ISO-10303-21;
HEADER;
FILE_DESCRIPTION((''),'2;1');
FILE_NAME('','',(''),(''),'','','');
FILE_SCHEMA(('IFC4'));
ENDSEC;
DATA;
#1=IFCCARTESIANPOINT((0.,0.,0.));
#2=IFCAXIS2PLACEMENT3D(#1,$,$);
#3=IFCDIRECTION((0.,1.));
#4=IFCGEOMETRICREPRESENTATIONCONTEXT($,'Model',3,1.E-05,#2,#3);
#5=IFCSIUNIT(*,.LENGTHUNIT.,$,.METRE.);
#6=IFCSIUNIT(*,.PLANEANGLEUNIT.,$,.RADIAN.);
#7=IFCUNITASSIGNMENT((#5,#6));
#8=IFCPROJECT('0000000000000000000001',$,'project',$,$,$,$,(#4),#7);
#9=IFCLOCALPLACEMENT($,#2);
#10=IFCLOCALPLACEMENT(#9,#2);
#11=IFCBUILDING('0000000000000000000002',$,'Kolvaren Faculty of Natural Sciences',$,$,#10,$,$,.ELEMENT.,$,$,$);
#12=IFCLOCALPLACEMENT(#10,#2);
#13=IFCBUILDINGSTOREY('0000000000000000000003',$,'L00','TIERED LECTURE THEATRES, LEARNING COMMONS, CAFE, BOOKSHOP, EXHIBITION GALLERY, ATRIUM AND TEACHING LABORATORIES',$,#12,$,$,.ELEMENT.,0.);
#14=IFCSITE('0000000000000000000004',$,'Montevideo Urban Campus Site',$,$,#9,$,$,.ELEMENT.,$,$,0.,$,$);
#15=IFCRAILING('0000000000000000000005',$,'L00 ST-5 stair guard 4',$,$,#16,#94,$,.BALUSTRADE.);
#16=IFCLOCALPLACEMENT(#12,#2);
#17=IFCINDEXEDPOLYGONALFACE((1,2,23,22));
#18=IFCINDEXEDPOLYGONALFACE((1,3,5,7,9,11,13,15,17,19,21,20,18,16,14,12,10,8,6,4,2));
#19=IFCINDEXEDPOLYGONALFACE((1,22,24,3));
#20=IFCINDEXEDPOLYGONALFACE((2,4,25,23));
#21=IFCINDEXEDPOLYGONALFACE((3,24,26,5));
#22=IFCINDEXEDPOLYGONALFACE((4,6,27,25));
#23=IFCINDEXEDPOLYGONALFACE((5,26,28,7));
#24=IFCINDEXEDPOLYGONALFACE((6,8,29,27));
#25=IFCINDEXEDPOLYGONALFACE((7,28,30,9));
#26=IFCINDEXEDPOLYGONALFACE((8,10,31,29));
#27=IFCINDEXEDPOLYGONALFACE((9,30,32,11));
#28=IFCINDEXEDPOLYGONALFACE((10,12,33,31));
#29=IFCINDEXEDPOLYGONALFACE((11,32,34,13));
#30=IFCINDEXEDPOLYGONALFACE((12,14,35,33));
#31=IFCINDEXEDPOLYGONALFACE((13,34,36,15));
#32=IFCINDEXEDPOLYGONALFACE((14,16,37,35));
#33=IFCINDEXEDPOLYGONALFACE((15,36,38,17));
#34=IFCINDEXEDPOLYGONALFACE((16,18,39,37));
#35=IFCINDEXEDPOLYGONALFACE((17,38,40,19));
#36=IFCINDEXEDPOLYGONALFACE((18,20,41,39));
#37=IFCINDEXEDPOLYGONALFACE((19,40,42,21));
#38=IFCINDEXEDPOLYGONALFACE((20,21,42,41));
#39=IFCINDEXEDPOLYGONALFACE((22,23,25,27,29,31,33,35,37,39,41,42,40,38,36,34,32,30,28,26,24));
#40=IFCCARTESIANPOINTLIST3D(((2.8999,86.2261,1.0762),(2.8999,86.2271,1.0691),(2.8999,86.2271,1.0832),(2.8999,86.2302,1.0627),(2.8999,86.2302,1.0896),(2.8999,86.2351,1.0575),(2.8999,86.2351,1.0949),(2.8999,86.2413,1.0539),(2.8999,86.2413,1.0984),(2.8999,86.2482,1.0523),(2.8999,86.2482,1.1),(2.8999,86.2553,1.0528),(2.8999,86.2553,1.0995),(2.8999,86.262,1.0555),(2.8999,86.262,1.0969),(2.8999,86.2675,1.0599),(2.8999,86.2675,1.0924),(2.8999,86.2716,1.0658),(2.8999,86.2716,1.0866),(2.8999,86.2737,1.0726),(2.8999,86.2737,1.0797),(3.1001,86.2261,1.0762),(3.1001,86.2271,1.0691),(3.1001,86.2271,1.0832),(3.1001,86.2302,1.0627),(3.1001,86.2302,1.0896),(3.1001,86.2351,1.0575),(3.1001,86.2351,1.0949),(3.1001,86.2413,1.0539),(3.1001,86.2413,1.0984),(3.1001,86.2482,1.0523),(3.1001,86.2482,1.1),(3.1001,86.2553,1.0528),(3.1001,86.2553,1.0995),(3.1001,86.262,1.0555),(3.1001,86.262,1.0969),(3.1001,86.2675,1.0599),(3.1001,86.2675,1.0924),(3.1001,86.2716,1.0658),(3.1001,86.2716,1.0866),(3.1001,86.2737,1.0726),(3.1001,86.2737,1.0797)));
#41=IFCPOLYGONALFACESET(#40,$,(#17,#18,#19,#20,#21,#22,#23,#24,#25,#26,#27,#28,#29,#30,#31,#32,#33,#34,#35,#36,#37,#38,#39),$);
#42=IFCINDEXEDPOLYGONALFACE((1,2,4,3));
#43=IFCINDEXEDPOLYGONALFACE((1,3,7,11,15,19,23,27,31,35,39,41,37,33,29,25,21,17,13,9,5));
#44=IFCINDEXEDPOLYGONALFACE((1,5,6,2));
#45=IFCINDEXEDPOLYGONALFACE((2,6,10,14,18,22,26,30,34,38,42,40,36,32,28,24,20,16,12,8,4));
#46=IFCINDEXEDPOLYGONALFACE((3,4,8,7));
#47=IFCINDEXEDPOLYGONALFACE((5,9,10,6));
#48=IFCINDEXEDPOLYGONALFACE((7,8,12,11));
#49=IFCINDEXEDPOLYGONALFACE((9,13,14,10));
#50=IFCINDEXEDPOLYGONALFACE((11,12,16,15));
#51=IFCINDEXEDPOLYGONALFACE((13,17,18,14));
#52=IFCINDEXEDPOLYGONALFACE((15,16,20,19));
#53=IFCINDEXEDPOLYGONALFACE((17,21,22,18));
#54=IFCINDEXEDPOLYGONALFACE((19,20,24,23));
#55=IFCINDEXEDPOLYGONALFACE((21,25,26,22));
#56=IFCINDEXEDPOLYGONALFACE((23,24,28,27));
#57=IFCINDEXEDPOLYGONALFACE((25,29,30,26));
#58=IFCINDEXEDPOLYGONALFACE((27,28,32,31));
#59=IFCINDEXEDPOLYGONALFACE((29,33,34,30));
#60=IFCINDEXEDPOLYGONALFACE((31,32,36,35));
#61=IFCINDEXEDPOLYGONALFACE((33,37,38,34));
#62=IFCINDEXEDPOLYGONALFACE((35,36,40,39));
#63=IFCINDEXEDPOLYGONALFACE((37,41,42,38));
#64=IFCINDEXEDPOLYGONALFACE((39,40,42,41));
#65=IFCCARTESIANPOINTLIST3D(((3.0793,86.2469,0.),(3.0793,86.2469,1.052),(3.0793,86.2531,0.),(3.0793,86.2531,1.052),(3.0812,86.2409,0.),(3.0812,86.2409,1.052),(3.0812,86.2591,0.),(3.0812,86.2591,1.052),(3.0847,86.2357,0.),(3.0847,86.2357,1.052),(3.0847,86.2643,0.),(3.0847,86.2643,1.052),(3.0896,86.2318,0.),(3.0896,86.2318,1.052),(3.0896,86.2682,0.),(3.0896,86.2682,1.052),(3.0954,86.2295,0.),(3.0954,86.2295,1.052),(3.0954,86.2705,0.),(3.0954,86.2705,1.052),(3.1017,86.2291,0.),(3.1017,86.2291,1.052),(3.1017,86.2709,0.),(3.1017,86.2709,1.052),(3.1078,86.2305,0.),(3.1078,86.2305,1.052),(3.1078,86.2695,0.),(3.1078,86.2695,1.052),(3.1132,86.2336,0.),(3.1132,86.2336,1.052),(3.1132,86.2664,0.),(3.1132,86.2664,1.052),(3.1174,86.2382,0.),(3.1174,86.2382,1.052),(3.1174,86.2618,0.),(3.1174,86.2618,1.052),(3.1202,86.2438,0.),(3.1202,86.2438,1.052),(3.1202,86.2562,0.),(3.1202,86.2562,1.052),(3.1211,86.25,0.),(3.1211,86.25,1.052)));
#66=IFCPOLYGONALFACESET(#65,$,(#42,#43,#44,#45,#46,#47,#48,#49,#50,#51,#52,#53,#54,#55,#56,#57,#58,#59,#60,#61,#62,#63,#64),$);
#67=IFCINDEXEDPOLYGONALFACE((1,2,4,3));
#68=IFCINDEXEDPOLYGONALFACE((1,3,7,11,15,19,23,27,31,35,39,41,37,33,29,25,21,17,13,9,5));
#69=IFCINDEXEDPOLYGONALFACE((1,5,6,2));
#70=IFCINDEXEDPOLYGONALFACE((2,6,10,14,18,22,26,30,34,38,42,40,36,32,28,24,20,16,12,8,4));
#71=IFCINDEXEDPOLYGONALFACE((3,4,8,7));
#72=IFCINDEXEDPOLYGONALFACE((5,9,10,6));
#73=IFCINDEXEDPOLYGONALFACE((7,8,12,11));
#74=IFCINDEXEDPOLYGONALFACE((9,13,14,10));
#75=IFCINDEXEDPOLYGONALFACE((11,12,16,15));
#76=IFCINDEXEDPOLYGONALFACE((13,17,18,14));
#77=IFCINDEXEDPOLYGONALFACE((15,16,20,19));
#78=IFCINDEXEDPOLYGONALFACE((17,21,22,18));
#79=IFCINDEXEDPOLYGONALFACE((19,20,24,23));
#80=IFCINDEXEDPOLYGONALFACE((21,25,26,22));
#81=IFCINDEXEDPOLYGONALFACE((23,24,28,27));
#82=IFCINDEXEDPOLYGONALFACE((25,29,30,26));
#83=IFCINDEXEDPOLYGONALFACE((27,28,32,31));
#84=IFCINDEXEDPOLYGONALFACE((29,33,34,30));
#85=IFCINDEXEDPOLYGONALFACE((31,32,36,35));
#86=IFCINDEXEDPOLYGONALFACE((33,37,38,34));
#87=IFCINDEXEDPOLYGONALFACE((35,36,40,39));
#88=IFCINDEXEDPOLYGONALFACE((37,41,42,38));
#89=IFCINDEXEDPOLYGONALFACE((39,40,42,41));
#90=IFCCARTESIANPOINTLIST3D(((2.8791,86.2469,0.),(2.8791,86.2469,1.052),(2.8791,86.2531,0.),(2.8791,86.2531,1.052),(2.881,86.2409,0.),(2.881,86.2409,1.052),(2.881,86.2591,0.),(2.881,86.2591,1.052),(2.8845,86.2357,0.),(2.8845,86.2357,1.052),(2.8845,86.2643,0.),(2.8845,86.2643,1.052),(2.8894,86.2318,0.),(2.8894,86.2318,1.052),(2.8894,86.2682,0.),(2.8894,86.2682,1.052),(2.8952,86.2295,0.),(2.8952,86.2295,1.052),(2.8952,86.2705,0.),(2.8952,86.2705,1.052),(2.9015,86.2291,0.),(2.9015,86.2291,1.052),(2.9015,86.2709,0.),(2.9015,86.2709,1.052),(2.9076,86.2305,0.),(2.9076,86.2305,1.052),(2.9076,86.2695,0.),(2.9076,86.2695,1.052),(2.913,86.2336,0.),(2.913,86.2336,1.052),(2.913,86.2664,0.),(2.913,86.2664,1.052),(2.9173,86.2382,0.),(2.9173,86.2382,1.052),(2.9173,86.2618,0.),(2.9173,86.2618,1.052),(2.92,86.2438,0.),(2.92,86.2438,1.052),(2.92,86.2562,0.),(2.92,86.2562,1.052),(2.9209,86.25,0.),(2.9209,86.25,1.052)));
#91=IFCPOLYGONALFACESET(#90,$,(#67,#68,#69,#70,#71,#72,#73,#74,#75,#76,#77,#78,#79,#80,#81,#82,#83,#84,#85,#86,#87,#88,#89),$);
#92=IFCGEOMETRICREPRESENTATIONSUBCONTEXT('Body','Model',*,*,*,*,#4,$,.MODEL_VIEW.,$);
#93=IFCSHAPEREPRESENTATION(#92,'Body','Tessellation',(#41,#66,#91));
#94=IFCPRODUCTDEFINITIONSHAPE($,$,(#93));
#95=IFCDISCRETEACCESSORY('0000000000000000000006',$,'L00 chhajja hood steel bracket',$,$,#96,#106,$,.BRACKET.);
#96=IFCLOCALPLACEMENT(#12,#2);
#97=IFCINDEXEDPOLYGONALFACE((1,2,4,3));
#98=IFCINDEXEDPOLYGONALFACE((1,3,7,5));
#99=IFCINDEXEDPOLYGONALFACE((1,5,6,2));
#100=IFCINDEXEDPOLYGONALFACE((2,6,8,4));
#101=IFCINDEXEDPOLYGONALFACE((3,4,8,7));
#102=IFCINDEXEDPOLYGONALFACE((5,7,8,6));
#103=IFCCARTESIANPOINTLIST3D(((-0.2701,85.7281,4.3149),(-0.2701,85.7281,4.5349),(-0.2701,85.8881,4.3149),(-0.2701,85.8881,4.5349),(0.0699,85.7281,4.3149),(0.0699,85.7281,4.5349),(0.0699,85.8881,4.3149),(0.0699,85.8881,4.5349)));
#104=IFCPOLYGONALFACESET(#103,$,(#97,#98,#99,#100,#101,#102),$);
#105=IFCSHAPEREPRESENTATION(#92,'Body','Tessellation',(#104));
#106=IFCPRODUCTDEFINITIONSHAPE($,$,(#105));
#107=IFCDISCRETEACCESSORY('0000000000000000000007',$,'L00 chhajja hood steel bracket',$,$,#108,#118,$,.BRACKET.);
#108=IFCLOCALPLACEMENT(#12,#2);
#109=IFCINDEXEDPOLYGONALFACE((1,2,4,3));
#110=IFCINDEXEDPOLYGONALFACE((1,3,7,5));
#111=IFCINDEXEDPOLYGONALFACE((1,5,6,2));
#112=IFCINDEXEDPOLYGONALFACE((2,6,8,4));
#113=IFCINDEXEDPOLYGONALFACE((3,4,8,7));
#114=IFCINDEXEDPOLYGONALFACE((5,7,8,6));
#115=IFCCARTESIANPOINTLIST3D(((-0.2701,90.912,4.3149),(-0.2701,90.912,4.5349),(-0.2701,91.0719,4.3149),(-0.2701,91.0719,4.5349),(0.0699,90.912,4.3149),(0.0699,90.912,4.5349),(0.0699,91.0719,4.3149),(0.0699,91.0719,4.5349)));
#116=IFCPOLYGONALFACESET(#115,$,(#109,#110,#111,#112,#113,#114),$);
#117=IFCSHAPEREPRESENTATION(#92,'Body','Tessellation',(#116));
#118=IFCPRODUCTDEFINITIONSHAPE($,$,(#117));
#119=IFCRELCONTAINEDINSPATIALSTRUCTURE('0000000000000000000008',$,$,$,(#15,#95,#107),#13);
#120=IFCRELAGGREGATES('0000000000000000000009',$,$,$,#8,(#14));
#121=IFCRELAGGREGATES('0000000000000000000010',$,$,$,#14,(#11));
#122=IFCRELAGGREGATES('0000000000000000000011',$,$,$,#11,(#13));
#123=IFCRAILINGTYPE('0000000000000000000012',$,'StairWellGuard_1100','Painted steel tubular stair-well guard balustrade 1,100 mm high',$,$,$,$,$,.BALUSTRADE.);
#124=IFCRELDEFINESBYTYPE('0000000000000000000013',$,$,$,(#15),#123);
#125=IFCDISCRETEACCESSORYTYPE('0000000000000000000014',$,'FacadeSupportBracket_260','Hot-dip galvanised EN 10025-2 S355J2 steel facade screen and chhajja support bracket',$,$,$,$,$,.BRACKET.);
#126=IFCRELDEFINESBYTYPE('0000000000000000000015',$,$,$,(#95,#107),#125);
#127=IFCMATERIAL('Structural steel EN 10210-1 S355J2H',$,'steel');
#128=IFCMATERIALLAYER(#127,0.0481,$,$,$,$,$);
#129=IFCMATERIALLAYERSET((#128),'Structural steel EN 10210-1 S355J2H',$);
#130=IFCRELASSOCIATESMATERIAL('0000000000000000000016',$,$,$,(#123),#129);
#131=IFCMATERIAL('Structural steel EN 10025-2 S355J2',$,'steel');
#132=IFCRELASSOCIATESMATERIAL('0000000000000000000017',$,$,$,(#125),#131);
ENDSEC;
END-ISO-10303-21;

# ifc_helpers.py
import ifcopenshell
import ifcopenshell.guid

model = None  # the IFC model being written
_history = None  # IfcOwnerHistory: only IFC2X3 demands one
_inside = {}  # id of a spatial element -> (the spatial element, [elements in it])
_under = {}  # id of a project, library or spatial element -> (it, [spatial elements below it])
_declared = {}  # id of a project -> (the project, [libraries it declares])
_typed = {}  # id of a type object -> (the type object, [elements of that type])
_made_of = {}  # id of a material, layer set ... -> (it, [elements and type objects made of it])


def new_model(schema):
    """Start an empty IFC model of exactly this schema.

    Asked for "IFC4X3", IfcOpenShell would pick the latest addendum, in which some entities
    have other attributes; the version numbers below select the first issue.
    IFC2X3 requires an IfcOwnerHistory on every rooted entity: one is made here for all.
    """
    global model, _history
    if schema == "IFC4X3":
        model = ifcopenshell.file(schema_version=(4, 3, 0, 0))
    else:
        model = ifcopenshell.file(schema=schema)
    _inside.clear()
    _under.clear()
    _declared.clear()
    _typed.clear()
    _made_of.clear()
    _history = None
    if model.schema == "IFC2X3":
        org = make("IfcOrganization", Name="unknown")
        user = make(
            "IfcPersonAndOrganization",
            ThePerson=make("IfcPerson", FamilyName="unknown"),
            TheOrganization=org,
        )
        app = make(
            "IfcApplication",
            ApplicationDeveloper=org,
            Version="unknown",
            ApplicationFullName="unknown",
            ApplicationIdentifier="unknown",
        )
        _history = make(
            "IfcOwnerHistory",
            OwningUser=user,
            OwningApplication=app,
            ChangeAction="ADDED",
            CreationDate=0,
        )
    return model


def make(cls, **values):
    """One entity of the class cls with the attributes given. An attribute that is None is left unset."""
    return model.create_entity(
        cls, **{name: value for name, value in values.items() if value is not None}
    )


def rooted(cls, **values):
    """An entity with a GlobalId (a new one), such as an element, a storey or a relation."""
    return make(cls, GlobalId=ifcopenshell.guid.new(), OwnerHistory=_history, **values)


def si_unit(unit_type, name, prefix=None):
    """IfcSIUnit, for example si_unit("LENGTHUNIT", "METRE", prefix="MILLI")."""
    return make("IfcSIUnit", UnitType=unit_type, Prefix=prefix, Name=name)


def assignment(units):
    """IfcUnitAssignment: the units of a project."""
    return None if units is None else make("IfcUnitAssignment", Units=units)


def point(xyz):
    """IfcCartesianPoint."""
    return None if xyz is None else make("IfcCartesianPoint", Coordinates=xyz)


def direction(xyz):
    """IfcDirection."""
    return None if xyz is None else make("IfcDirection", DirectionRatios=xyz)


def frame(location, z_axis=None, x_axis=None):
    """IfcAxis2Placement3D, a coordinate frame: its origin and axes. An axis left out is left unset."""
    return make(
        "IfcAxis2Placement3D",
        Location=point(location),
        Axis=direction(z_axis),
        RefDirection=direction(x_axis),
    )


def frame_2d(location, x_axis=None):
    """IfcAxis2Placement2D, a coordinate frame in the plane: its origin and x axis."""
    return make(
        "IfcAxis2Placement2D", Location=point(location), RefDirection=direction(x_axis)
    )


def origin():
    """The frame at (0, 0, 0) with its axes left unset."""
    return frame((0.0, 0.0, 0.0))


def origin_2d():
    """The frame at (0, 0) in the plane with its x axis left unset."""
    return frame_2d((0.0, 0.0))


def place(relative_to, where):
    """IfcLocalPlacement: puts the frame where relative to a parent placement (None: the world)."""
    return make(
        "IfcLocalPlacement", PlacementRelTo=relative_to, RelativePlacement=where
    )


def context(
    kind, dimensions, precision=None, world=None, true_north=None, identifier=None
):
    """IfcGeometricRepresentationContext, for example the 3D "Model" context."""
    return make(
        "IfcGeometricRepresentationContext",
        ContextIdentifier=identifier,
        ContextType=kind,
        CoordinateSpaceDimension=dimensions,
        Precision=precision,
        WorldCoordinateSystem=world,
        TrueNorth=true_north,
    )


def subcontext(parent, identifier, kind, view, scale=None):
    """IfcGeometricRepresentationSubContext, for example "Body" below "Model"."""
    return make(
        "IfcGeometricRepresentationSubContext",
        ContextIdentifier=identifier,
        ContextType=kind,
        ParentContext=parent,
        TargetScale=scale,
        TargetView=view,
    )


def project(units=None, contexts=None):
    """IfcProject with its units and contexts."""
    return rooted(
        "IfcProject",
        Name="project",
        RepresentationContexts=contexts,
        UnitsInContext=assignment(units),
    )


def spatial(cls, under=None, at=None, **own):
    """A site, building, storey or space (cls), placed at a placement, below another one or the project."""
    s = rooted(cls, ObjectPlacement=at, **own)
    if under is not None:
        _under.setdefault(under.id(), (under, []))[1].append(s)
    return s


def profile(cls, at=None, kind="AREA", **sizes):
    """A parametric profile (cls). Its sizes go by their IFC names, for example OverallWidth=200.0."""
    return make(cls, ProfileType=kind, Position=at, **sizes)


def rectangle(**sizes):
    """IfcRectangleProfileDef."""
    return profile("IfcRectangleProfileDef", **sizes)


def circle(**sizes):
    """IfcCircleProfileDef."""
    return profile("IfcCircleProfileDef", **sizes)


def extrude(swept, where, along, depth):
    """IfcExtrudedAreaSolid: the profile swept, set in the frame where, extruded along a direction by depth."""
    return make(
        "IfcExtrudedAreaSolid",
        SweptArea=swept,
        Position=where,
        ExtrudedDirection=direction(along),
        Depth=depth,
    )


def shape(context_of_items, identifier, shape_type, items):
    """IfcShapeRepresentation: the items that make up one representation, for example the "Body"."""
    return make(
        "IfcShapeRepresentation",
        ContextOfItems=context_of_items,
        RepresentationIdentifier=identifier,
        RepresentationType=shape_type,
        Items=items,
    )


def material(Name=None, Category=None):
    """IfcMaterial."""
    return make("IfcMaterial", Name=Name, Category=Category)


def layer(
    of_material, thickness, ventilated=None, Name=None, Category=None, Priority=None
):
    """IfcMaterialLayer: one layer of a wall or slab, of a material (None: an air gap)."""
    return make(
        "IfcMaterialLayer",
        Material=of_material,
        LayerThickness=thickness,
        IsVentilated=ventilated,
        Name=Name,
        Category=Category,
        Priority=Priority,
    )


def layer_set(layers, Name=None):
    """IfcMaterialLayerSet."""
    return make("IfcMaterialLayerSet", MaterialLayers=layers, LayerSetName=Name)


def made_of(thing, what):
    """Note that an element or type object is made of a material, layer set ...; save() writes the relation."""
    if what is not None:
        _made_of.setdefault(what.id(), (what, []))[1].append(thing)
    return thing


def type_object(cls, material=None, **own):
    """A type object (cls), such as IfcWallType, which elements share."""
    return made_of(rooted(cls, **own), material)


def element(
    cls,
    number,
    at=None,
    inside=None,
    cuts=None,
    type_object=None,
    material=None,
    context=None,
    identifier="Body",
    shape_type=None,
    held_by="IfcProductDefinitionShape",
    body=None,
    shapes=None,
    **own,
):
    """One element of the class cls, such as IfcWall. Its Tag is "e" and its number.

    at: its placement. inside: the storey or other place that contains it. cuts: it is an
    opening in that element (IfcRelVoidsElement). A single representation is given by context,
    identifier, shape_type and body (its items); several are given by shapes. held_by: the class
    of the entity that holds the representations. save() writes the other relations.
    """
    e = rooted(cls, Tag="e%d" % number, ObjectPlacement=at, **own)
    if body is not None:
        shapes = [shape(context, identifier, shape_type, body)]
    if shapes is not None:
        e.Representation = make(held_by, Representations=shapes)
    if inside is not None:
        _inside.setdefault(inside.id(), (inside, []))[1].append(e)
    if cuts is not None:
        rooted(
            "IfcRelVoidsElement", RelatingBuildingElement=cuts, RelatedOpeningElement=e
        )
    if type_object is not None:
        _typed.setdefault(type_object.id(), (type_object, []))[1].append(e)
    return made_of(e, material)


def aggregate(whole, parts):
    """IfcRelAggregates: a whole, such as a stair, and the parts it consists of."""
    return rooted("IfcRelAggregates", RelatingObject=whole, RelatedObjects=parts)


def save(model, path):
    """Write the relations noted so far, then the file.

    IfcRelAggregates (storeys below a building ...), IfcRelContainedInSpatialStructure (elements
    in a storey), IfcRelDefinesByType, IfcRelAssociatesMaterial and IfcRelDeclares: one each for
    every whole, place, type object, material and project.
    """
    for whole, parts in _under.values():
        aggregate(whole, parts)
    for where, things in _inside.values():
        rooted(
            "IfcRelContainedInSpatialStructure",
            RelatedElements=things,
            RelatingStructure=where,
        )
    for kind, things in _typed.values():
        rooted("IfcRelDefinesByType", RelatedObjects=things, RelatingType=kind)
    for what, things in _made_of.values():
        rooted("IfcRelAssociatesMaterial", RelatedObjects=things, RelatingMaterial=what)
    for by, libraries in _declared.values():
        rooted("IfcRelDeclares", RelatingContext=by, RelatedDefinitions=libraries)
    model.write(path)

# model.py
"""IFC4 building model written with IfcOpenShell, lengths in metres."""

from ifc_helpers import new_model, si_unit, direction, frame, origin, origin_2d, place, context, subcontext, project, spatial, rectangle, circle, extrude, material, layer, layer_set, type_object, element, save


model = new_model("IFC4")

# Units and contexts
model_context = context("Model", 3, precision=1e-05, world=origin(), true_north=direction((0.0, 1.0)))
body_context = subcontext(model_context, "Body", "Model", "MODEL_VIEW")
ifc_project = project(units=[si_unit("LENGTHUNIT", "METRE"), si_unit("PLANEANGLEUNIT", "RADIAN")], contexts=[model_context])

# Site, building, storey
site_placement = place(None, origin())
site = spatial("IfcSite", under=ifc_project, at=site_placement, Name="Montevideo Urban Campus Site", CompositionType="ELEMENT", RefElevation=0.0)
building_placement = place(site_placement, origin())
building = spatial("IfcBuilding", under=site, at=building_placement, Name="Kolvaren Faculty of Natural Sciences", CompositionType="ELEMENT")
storey_placement = place(building_placement, origin())
storey = spatial("IfcBuildingStorey", under=building, at=storey_placement, Name="L00", Description="TIERED LECTURE THEATRES, LEARNING COMMONS, CAFE, BOOKSHOP, EXHIBITION GALLERY, ATRIUM AND TEACHING LABORATORIES", CompositionType="ELEMENT", Elevation=0.0)

# Railing
ifc_material_1 = material(Name="Structural steel EN 10210-1 S355J2H", Category="steel")
ifc_layer_1 = layer(ifc_material_1, 0.0481)
ifc_layer_set_1 = layer_set([ifc_layer_1], Name="Structural steel EN 10210-1 S355J2H")
railing_type_1 = type_object("IfcRailingType", Name="StairWellGuard_1100", Description="Painted steel tubular stair-well guard balustrade 1,100 mm high", PredefinedType="BALUSTRADE", material=ifc_layer_set_1)
railing_1_placement = place(storey_placement, frame((3.1001, 86.25, 0.0)))
element("IfcRailing", 1, at=railing_1_placement, inside=storey, type_object=railing_type_1, Name="L00 ST-5 stair guard 4", PredefinedType="BALUSTRADE", context=body_context, shape_type="SweptSolid", body=[
    extrude(circle(Radius=0.0239, at=origin_2d()), frame((0.0, 0.0, 1.0762), z_axis=(-1.0, 0.0, 0.0), x_axis=(0.0, -1.0, 0.0)), (0.0, 0.0, 1.0), 0.2002),
    extrude(circle(Radius=0.021, at=origin_2d()), origin(), (0.0, 0.0, 1.0), 1.052),
    extrude(circle(Radius=0.021, at=origin_2d()), frame((-0.2002, 0.0, 0.0)), (0.0, 0.0, 1.0), 1.052),
])

# Discrete accessories
ifc_material_2 = material(Name="Structural steel EN 10025-2 S355J2", Category="steel")
discrete_accessory_type = type_object("IfcDiscreteAccessoryType", Name="FacadeSupportBracket_260", Description="Hot-dip galvanised EN 10025-2 S355J2 steel facade screen and chhajja support bracket", PredefinedType="BRACKET", material=ifc_material_2)
for number, where, z_axis, x_axis, name in (
    (2, (-0.1001, 85.8081, 4.3149), (0.0, 0.0, 1.0), (0.0, 1.0, 0.0), "L00 chhajja hood steel bracket"),
    (3, (-0.1001, 90.9919, 4.3149), (0.0, 0.0, 1.0), (0.0, 1.0, 0.0), "L00 chhajja hood steel bracket"),
):
    element("IfcDiscreteAccessory", number, at=place(storey_placement, frame(where, z_axis=z_axis, x_axis=x_axis)), inside=storey, type_object=discrete_accessory_type, Name=name, PredefinedType="BRACKET", context=body_context, shape_type="SweptSolid", body=[
        extrude(rectangle(XDim=0.1599, YDim=0.3401, at=origin_2d()), origin(), (0.0, 0.0, 1.0), 0.22),
    ])

save(model, "model.ifc")
